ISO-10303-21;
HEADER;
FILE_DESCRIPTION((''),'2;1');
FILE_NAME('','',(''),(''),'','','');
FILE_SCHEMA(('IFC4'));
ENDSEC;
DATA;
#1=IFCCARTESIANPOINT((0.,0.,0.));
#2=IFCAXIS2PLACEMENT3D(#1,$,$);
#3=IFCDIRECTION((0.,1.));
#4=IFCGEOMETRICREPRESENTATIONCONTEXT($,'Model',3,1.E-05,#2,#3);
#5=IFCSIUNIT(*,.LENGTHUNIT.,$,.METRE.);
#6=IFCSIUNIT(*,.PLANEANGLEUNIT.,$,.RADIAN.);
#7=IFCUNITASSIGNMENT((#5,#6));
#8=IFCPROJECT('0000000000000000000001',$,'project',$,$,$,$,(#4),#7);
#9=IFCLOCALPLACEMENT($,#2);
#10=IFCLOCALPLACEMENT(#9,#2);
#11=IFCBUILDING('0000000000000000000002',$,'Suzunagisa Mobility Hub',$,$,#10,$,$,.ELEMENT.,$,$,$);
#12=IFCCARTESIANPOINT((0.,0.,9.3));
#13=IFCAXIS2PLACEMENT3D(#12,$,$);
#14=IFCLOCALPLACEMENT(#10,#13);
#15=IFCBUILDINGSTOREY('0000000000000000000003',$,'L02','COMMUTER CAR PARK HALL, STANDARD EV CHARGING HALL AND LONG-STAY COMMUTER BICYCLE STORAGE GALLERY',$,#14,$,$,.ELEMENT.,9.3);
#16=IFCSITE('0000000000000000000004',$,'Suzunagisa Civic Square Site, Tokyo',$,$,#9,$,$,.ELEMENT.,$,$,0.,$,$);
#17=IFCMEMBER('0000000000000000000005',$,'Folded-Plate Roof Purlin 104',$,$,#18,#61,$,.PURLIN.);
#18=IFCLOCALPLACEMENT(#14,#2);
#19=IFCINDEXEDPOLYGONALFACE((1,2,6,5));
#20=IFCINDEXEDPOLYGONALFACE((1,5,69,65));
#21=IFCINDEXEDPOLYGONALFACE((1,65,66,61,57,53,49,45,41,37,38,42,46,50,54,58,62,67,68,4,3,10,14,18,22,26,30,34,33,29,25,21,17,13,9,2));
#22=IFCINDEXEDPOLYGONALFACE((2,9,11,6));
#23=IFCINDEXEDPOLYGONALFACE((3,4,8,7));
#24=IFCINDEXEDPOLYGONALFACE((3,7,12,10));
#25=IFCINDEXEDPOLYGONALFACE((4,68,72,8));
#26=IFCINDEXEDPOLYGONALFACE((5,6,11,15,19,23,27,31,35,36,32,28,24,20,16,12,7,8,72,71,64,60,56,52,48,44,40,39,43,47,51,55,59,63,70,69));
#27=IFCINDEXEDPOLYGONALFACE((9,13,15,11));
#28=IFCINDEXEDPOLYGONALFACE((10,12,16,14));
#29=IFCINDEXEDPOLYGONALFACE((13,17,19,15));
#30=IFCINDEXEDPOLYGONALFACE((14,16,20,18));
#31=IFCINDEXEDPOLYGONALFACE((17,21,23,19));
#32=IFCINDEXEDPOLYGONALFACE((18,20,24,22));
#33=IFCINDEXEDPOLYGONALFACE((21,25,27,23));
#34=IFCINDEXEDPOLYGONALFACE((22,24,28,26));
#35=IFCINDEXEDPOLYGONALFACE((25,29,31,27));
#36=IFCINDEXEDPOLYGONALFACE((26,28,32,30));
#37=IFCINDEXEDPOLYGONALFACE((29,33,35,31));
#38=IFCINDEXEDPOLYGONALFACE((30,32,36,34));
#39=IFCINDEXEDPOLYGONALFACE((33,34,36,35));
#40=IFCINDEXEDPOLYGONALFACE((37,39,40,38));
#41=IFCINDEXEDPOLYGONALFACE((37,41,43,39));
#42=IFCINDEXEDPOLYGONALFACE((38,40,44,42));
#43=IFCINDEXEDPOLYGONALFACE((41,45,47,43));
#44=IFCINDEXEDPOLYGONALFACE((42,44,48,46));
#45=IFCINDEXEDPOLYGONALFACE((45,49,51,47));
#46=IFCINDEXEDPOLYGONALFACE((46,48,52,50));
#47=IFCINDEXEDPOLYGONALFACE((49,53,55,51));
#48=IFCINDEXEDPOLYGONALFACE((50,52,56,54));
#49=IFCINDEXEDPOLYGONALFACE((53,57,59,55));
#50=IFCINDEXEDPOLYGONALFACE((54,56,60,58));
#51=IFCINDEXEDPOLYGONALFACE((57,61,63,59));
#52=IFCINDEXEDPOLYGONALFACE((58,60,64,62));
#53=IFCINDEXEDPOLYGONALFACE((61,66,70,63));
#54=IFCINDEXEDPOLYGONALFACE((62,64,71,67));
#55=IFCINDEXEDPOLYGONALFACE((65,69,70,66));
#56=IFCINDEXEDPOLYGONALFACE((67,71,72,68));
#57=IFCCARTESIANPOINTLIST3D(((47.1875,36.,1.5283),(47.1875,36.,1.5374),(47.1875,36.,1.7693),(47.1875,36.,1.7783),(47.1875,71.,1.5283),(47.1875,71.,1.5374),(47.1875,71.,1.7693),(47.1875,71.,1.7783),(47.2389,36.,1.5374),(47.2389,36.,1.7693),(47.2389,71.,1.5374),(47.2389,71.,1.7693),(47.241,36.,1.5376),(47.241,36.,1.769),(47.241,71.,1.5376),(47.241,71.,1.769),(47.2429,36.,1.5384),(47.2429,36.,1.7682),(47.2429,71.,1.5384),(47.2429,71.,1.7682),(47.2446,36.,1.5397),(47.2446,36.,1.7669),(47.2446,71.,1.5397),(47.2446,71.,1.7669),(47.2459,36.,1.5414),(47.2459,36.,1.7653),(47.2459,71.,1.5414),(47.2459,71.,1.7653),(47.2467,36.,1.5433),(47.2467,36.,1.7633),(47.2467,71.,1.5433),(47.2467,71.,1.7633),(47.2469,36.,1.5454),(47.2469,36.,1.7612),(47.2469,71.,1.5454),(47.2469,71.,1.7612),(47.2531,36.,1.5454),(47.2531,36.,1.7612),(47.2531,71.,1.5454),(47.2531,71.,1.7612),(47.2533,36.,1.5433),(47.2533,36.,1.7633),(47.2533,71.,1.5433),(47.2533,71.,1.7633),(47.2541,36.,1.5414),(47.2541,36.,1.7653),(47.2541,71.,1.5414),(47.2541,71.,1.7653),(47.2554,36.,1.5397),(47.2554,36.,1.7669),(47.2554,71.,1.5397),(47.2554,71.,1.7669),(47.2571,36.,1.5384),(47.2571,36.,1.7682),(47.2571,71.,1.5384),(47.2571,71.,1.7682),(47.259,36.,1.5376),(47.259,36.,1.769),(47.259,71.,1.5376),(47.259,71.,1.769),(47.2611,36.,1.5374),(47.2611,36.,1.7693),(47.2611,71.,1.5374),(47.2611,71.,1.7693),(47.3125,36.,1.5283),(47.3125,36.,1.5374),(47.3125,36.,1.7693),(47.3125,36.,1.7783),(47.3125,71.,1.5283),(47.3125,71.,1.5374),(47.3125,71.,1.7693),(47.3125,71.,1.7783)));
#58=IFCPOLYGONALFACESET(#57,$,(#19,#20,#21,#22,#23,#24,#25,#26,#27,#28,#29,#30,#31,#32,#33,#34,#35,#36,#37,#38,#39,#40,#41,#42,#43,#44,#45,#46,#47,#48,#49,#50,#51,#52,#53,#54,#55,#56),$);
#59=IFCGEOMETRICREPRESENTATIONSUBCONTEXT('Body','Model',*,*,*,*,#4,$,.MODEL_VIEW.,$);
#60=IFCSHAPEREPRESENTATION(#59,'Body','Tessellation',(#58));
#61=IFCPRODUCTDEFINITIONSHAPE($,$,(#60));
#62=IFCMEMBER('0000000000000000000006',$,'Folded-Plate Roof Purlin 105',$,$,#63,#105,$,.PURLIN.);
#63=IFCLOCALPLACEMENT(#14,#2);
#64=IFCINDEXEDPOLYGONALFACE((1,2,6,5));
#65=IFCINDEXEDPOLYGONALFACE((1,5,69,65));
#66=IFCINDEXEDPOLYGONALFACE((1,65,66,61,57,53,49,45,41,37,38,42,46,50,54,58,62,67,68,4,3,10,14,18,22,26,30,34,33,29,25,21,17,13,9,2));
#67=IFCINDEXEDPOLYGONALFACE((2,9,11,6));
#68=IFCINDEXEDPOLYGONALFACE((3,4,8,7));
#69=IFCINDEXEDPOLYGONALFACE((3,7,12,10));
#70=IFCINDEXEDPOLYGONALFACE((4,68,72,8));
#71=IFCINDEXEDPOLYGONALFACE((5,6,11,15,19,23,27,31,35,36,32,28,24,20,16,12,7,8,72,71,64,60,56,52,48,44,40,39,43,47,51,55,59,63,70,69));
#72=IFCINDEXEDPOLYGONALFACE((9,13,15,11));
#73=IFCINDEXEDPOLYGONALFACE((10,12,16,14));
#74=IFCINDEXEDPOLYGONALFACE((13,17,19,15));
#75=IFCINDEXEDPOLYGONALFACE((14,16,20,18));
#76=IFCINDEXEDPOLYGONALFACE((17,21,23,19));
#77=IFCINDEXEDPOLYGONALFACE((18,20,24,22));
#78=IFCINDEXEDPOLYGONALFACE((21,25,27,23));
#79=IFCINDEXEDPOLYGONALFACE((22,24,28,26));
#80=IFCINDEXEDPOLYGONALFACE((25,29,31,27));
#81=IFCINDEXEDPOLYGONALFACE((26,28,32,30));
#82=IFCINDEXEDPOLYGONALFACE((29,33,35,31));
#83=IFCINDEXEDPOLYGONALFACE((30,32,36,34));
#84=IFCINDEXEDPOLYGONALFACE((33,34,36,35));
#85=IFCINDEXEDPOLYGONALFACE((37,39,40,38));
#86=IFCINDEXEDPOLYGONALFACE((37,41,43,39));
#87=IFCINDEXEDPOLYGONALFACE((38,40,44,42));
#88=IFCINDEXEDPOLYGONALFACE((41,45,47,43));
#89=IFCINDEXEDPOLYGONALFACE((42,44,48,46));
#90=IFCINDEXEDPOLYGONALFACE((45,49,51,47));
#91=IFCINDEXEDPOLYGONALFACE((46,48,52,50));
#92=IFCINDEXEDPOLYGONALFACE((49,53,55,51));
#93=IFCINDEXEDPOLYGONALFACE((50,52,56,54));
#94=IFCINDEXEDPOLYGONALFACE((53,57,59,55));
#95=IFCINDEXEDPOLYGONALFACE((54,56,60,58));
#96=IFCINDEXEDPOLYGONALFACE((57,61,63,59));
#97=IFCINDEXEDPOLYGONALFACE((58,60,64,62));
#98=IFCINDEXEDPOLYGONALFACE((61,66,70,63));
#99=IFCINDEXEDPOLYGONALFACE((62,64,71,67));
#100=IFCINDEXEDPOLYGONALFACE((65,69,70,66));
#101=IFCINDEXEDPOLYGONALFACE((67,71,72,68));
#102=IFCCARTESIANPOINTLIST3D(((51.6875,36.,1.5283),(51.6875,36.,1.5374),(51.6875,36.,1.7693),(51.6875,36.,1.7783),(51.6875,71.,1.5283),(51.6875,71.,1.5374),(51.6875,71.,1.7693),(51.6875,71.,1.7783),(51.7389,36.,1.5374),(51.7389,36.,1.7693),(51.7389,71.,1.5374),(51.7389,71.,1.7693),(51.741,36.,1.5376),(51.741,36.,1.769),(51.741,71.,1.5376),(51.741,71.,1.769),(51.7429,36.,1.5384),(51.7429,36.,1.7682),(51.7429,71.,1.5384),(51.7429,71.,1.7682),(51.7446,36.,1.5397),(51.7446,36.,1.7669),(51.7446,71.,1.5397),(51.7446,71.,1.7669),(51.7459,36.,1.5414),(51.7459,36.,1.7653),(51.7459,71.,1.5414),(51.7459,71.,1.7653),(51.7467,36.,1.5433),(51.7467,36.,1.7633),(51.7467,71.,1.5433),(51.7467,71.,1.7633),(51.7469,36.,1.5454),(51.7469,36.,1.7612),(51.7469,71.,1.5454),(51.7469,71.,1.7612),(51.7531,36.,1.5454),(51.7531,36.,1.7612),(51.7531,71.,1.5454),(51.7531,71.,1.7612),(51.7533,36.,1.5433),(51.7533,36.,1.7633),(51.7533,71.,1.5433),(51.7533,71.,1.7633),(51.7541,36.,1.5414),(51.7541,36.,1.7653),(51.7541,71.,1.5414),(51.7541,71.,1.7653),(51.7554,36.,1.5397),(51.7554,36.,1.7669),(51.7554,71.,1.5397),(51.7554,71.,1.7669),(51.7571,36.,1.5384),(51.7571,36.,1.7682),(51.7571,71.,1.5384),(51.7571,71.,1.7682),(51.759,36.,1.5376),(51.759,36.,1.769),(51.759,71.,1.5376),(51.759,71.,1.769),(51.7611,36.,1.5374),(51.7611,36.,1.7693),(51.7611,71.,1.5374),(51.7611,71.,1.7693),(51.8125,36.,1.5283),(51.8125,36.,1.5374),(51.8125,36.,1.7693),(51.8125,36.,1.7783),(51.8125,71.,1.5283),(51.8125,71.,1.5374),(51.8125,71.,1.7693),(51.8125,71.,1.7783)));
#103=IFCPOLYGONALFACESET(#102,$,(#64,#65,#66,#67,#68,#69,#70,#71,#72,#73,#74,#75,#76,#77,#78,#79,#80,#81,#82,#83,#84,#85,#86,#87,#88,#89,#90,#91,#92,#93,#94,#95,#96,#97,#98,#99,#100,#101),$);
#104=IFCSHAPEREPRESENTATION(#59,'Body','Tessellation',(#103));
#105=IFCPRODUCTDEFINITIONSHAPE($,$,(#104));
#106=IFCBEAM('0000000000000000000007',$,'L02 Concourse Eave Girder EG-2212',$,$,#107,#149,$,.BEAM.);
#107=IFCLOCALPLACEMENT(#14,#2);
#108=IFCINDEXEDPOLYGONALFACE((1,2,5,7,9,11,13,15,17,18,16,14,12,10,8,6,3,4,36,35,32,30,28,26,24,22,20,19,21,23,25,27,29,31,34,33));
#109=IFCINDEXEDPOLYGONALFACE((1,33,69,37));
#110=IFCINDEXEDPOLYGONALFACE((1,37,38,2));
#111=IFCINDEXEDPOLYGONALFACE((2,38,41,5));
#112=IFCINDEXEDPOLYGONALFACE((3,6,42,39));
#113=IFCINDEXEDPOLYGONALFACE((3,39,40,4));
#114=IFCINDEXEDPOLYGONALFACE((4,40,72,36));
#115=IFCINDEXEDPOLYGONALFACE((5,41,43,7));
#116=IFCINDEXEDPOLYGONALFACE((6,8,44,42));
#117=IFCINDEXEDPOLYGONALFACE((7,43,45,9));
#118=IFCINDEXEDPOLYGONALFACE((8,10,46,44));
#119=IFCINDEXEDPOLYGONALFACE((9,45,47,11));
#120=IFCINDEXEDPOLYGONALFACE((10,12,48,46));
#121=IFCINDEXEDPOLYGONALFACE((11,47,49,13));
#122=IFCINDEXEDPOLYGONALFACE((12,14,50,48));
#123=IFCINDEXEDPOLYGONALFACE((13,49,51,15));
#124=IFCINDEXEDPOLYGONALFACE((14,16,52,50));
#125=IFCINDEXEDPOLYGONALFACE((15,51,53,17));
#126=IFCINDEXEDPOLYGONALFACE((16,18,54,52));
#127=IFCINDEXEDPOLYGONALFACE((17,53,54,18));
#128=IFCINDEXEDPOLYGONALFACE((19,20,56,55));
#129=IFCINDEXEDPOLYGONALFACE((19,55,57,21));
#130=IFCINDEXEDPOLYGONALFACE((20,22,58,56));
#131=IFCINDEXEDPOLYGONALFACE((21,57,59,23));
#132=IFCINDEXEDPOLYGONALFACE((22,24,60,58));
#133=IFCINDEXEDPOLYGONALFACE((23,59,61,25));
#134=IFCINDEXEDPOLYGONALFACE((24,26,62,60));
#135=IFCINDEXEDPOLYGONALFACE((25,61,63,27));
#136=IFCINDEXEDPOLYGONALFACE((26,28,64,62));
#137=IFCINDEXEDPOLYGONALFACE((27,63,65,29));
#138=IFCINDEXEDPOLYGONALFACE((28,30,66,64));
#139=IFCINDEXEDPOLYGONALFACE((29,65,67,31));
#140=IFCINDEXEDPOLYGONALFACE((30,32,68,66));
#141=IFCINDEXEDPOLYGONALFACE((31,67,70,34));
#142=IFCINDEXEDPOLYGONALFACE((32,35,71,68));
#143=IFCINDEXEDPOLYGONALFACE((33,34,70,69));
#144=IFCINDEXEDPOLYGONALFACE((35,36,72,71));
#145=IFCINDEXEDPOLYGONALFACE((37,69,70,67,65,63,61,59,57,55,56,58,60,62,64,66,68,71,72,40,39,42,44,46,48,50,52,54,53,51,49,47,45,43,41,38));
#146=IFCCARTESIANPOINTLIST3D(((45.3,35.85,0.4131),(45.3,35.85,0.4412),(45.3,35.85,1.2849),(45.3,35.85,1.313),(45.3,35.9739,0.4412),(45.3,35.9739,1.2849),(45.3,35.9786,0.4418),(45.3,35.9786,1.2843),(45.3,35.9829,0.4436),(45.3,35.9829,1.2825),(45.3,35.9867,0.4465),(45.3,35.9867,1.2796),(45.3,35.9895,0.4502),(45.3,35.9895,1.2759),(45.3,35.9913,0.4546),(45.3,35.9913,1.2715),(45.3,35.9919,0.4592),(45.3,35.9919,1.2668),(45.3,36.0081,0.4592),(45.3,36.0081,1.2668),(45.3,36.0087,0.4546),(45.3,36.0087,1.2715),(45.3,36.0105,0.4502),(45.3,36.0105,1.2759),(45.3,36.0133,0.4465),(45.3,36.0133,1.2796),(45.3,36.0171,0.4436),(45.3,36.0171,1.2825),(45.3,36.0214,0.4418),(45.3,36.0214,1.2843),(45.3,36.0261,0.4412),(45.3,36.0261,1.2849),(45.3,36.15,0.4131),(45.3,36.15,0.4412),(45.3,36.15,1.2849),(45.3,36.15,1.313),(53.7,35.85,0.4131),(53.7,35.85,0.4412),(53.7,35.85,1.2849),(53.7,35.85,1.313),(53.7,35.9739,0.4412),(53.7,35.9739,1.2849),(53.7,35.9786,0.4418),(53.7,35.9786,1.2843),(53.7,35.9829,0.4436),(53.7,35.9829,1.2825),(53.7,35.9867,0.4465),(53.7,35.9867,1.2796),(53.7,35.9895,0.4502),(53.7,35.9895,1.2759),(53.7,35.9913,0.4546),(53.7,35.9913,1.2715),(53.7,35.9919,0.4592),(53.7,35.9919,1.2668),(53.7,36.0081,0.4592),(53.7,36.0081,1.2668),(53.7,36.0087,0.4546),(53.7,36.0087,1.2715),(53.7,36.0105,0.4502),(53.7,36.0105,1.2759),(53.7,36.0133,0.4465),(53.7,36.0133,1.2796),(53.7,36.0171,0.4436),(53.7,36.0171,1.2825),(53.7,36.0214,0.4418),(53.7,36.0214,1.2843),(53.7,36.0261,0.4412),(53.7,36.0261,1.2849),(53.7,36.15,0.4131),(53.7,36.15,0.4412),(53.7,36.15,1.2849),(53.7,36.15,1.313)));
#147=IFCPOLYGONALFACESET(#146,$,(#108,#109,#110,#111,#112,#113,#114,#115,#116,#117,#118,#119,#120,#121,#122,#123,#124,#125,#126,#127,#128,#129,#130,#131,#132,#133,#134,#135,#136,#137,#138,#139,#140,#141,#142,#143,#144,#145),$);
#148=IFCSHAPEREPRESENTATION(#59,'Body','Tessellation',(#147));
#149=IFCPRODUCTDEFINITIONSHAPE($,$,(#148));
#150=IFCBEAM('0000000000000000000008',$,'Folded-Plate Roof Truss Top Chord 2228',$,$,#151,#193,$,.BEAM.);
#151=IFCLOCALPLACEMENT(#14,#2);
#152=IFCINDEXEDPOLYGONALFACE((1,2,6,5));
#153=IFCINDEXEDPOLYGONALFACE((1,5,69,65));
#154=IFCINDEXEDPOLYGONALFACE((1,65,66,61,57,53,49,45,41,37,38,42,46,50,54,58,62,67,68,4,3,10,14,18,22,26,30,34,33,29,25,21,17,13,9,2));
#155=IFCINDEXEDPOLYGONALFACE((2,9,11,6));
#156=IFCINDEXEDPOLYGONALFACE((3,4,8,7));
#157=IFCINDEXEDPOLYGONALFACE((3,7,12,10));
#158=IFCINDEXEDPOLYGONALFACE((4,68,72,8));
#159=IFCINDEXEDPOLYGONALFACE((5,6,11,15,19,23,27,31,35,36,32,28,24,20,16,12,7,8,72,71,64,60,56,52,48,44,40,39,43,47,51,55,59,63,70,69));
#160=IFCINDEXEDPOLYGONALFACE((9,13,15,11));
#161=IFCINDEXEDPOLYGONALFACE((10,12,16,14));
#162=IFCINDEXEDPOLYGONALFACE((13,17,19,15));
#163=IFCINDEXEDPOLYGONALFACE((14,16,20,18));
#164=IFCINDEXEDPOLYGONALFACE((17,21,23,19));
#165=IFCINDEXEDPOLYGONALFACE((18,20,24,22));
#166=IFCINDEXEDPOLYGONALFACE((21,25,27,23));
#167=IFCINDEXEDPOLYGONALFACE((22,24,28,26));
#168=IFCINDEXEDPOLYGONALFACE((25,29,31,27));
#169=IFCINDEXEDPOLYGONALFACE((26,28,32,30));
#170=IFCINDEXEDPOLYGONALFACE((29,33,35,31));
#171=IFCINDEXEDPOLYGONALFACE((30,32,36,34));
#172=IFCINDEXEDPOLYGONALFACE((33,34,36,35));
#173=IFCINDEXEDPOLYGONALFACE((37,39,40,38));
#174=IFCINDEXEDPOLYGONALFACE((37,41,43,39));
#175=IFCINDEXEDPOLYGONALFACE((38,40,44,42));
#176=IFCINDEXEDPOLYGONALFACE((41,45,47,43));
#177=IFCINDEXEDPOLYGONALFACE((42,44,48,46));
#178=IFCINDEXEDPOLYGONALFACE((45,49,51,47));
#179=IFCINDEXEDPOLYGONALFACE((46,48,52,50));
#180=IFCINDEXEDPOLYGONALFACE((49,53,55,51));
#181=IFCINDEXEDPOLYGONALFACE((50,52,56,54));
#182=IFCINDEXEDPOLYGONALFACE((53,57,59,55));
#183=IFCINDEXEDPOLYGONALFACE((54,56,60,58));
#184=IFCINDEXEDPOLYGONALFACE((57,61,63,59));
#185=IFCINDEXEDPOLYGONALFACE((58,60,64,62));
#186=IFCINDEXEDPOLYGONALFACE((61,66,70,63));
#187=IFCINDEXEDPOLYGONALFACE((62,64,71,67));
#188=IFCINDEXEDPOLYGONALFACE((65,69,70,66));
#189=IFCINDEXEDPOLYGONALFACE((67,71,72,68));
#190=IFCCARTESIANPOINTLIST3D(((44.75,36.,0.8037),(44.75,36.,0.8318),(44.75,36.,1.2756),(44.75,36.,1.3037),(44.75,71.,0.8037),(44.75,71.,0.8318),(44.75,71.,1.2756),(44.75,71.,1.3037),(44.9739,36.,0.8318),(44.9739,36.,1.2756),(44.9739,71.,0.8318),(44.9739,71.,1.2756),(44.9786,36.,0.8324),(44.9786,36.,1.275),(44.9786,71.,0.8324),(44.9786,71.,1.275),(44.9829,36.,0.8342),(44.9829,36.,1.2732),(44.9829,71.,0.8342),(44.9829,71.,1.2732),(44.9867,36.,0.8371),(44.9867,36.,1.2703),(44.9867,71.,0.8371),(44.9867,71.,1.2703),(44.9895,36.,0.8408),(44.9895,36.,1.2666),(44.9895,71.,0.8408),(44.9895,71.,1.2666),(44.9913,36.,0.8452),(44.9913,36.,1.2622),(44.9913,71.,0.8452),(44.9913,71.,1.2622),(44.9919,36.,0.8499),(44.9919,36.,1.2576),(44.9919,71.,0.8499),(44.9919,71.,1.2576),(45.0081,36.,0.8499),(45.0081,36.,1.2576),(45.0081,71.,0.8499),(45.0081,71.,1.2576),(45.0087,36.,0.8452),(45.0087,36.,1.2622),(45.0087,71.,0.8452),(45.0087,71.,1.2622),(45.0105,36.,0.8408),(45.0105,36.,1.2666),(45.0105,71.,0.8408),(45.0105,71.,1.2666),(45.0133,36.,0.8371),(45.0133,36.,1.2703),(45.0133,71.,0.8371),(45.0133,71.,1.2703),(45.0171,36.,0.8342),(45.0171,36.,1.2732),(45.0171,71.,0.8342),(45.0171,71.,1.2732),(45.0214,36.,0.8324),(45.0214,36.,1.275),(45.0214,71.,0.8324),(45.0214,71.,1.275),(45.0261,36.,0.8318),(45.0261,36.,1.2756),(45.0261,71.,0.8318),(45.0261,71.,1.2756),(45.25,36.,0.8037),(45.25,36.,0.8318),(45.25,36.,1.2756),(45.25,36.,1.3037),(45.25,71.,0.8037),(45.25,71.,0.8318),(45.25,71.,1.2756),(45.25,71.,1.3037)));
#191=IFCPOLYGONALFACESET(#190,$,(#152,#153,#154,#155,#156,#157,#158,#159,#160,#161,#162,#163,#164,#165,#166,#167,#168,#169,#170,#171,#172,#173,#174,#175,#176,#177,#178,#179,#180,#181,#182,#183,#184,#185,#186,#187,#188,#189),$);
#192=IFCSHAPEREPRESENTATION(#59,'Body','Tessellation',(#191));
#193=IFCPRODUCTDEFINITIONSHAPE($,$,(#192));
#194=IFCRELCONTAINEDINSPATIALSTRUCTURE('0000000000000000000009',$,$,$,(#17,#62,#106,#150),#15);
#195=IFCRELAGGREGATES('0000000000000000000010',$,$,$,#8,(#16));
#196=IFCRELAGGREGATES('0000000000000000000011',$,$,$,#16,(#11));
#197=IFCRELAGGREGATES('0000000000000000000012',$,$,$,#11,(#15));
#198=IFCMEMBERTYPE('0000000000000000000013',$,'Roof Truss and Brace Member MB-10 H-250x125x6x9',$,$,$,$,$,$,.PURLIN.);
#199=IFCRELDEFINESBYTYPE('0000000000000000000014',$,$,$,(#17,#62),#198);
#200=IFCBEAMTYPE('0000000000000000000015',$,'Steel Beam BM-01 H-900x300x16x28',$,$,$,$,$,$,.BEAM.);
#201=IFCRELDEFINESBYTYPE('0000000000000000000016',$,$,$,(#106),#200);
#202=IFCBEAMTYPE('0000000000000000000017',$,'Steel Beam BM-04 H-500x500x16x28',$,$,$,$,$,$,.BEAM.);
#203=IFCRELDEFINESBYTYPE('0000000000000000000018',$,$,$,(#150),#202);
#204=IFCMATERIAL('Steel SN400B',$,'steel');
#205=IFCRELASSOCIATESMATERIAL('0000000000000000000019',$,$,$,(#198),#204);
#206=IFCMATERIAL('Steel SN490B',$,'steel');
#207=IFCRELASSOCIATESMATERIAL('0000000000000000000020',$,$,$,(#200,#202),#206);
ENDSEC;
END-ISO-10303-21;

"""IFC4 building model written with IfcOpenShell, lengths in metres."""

from ifc_helpers import new_model, si_unit, direction, frame, origin, origin_2d, place, context, subcontext, project, spatial, i_section, extrude, material, material_profile, profile_set, type_object, element, save


model = new_model("IFC4")

# Units and contexts
model_context = context("Model", 3, precision=1e-05, world=origin(), true_north=direction((0.0, 1.0)))
body_context = subcontext(model_context, "Body", "Model", "MODEL_VIEW")
ifc_project = project(units=[si_unit("LENGTHUNIT", "METRE"), si_unit("PLANEANGLEUNIT", "RADIAN")], contexts=[model_context])

# Site, building, storey
site_placement = place(None, origin())
site = spatial("IfcSite", under=ifc_project, at=site_placement, Name="Suzunagisa Civic Square Site, Tokyo", CompositionType="ELEMENT", RefElevation=0.0)
building_placement = place(site_placement, origin())
building = spatial("IfcBuilding", under=site, at=building_placement, Name="Suzunagisa Mobility Hub", CompositionType="ELEMENT")
storey_placement = place(building_placement, frame((0.0, 0.0, 9.3)))
storey = spatial("IfcBuildingStorey", under=building, at=storey_placement, Name="L02", Description="COMMUTER CAR PARK HALL, STANDARD EV CHARGING HALL AND LONG-STAY COMMUTER BICYCLE STORAGE GALLERY", CompositionType="ELEMENT", Elevation=9.3)

# Shared definitions
ifc_material_1 = material(Name="Steel SN490B", Category="steel")

# Members
ifc_material_2 = material(Name="Steel SN400B", Category="steel")
ifc_material_profile_1 = material_profile(ifc_material_2, i_section(OverallWidth=0.125, OverallDepth=0.25, WebThickness=0.0061, FlangeThickness=0.009, FilletRadius=0.0081, at=origin_2d()), Name="H-250x125x6x9")
ifc_profile_set_1 = profile_set([ifc_material_profile_1], Name="Steel SN400B")
member_type_1 = type_object("IfcMemberType", Name="Roof Truss and Brace Member MB-10 H-250x125x6x9", PredefinedType="PURLIN", material=ifc_profile_set_1)
for number, where, z_axis, x_axis, name in (
    (1, (47.25, 36.0, 1.6533), (0.0, 1.0, 0.0), (-1.0, 0.0, 0.0), "Folded-Plate Roof Purlin 104"),
    (2, (51.75, 36.0, 1.6533), (0.0, 1.0, 0.0), (-1.0, 0.0, 0.0), "Folded-Plate Roof Purlin 105"),
):
    element("IfcMember", number, at=place(storey_placement, frame(where, z_axis=z_axis, x_axis=x_axis)), inside=storey, type_object=member_type_1, Name=name, PredefinedType="PURLIN", context=body_context, shape_type="SweptSolid", body=[
        extrude(i_section(OverallWidth=0.125, OverallDepth=0.25, WebThickness=0.0061, FlangeThickness=0.009, FilletRadius=0.0081, at=origin_2d()), origin(), (0.0, 0.0, 1.0), 35.0),
    ])

# Beams
ifc_material_profile_2 = material_profile(ifc_material_1, i_section(OverallWidth=0.3, OverallDepth=0.8999, WebThickness=0.0161, FlangeThickness=0.0281, FilletRadius=0.0181, at=origin_2d()), Name="H-900x300x16x28")
ifc_profile_set_2 = profile_set([ifc_material_profile_2], Name="Steel SN490B")
beam_type_1 = type_object("IfcBeamType", Name="Steel Beam BM-01 H-900x300x16x28", PredefinedType="BEAM", material=ifc_profile_set_2)
beam_1_placement = place(storey_placement, frame((45.3, 36.0, 0.863), z_axis=(1.0, 0.0, 0.0), x_axis=(0.0, 1.0, 0.0)))
element("IfcBeam", 3, at=beam_1_placement, inside=storey, type_object=beam_type_1, Name="L02 Concourse Eave Girder EG-2212", PredefinedType="BEAM", context=body_context, shape_type="SweptSolid", body=[
    extrude(i_section(OverallWidth=0.3, OverallDepth=0.8999, WebThickness=0.0161, FlangeThickness=0.0281, FilletRadius=0.0181, at=origin_2d()), origin(), (0.0, 0.0, 1.0), 8.3999),
])
ifc_material_profile_3 = material_profile(ifc_material_1, i_section(OverallWidth=0.5, OverallDepth=0.5, WebThickness=0.0161, FlangeThickness=0.0281, FilletRadius=0.0181, at=origin_2d()), Name="H-500x500x16x28")
ifc_profile_set_3 = profile_set([ifc_material_profile_3], Name="Steel SN490B")
beam_type_2 = type_object("IfcBeamType", Name="Steel Beam BM-04 H-500x500x16x28", PredefinedType="BEAM", material=ifc_profile_set_3)
beam_2_placement = place(storey_placement, frame((45.0, 36.0, 1.0537), z_axis=(0.0, 1.0, 0.0), x_axis=(-1.0, 0.0, 0.0)))
element("IfcBeam", 4, at=beam_2_placement, inside=storey, type_object=beam_type_2, Name="Folded-Plate Roof Truss Top Chord 2228", PredefinedType="BEAM", context=body_context, shape_type="SweptSolid", body=[
    extrude(i_section(OverallWidth=0.5, OverallDepth=0.5, WebThickness=0.0161, FlangeThickness=0.0281, FilletRadius=0.0181, at=origin_2d()), origin(), (0.0, 0.0, 1.0), 35.0),
])

save(model, "model.ifc")
